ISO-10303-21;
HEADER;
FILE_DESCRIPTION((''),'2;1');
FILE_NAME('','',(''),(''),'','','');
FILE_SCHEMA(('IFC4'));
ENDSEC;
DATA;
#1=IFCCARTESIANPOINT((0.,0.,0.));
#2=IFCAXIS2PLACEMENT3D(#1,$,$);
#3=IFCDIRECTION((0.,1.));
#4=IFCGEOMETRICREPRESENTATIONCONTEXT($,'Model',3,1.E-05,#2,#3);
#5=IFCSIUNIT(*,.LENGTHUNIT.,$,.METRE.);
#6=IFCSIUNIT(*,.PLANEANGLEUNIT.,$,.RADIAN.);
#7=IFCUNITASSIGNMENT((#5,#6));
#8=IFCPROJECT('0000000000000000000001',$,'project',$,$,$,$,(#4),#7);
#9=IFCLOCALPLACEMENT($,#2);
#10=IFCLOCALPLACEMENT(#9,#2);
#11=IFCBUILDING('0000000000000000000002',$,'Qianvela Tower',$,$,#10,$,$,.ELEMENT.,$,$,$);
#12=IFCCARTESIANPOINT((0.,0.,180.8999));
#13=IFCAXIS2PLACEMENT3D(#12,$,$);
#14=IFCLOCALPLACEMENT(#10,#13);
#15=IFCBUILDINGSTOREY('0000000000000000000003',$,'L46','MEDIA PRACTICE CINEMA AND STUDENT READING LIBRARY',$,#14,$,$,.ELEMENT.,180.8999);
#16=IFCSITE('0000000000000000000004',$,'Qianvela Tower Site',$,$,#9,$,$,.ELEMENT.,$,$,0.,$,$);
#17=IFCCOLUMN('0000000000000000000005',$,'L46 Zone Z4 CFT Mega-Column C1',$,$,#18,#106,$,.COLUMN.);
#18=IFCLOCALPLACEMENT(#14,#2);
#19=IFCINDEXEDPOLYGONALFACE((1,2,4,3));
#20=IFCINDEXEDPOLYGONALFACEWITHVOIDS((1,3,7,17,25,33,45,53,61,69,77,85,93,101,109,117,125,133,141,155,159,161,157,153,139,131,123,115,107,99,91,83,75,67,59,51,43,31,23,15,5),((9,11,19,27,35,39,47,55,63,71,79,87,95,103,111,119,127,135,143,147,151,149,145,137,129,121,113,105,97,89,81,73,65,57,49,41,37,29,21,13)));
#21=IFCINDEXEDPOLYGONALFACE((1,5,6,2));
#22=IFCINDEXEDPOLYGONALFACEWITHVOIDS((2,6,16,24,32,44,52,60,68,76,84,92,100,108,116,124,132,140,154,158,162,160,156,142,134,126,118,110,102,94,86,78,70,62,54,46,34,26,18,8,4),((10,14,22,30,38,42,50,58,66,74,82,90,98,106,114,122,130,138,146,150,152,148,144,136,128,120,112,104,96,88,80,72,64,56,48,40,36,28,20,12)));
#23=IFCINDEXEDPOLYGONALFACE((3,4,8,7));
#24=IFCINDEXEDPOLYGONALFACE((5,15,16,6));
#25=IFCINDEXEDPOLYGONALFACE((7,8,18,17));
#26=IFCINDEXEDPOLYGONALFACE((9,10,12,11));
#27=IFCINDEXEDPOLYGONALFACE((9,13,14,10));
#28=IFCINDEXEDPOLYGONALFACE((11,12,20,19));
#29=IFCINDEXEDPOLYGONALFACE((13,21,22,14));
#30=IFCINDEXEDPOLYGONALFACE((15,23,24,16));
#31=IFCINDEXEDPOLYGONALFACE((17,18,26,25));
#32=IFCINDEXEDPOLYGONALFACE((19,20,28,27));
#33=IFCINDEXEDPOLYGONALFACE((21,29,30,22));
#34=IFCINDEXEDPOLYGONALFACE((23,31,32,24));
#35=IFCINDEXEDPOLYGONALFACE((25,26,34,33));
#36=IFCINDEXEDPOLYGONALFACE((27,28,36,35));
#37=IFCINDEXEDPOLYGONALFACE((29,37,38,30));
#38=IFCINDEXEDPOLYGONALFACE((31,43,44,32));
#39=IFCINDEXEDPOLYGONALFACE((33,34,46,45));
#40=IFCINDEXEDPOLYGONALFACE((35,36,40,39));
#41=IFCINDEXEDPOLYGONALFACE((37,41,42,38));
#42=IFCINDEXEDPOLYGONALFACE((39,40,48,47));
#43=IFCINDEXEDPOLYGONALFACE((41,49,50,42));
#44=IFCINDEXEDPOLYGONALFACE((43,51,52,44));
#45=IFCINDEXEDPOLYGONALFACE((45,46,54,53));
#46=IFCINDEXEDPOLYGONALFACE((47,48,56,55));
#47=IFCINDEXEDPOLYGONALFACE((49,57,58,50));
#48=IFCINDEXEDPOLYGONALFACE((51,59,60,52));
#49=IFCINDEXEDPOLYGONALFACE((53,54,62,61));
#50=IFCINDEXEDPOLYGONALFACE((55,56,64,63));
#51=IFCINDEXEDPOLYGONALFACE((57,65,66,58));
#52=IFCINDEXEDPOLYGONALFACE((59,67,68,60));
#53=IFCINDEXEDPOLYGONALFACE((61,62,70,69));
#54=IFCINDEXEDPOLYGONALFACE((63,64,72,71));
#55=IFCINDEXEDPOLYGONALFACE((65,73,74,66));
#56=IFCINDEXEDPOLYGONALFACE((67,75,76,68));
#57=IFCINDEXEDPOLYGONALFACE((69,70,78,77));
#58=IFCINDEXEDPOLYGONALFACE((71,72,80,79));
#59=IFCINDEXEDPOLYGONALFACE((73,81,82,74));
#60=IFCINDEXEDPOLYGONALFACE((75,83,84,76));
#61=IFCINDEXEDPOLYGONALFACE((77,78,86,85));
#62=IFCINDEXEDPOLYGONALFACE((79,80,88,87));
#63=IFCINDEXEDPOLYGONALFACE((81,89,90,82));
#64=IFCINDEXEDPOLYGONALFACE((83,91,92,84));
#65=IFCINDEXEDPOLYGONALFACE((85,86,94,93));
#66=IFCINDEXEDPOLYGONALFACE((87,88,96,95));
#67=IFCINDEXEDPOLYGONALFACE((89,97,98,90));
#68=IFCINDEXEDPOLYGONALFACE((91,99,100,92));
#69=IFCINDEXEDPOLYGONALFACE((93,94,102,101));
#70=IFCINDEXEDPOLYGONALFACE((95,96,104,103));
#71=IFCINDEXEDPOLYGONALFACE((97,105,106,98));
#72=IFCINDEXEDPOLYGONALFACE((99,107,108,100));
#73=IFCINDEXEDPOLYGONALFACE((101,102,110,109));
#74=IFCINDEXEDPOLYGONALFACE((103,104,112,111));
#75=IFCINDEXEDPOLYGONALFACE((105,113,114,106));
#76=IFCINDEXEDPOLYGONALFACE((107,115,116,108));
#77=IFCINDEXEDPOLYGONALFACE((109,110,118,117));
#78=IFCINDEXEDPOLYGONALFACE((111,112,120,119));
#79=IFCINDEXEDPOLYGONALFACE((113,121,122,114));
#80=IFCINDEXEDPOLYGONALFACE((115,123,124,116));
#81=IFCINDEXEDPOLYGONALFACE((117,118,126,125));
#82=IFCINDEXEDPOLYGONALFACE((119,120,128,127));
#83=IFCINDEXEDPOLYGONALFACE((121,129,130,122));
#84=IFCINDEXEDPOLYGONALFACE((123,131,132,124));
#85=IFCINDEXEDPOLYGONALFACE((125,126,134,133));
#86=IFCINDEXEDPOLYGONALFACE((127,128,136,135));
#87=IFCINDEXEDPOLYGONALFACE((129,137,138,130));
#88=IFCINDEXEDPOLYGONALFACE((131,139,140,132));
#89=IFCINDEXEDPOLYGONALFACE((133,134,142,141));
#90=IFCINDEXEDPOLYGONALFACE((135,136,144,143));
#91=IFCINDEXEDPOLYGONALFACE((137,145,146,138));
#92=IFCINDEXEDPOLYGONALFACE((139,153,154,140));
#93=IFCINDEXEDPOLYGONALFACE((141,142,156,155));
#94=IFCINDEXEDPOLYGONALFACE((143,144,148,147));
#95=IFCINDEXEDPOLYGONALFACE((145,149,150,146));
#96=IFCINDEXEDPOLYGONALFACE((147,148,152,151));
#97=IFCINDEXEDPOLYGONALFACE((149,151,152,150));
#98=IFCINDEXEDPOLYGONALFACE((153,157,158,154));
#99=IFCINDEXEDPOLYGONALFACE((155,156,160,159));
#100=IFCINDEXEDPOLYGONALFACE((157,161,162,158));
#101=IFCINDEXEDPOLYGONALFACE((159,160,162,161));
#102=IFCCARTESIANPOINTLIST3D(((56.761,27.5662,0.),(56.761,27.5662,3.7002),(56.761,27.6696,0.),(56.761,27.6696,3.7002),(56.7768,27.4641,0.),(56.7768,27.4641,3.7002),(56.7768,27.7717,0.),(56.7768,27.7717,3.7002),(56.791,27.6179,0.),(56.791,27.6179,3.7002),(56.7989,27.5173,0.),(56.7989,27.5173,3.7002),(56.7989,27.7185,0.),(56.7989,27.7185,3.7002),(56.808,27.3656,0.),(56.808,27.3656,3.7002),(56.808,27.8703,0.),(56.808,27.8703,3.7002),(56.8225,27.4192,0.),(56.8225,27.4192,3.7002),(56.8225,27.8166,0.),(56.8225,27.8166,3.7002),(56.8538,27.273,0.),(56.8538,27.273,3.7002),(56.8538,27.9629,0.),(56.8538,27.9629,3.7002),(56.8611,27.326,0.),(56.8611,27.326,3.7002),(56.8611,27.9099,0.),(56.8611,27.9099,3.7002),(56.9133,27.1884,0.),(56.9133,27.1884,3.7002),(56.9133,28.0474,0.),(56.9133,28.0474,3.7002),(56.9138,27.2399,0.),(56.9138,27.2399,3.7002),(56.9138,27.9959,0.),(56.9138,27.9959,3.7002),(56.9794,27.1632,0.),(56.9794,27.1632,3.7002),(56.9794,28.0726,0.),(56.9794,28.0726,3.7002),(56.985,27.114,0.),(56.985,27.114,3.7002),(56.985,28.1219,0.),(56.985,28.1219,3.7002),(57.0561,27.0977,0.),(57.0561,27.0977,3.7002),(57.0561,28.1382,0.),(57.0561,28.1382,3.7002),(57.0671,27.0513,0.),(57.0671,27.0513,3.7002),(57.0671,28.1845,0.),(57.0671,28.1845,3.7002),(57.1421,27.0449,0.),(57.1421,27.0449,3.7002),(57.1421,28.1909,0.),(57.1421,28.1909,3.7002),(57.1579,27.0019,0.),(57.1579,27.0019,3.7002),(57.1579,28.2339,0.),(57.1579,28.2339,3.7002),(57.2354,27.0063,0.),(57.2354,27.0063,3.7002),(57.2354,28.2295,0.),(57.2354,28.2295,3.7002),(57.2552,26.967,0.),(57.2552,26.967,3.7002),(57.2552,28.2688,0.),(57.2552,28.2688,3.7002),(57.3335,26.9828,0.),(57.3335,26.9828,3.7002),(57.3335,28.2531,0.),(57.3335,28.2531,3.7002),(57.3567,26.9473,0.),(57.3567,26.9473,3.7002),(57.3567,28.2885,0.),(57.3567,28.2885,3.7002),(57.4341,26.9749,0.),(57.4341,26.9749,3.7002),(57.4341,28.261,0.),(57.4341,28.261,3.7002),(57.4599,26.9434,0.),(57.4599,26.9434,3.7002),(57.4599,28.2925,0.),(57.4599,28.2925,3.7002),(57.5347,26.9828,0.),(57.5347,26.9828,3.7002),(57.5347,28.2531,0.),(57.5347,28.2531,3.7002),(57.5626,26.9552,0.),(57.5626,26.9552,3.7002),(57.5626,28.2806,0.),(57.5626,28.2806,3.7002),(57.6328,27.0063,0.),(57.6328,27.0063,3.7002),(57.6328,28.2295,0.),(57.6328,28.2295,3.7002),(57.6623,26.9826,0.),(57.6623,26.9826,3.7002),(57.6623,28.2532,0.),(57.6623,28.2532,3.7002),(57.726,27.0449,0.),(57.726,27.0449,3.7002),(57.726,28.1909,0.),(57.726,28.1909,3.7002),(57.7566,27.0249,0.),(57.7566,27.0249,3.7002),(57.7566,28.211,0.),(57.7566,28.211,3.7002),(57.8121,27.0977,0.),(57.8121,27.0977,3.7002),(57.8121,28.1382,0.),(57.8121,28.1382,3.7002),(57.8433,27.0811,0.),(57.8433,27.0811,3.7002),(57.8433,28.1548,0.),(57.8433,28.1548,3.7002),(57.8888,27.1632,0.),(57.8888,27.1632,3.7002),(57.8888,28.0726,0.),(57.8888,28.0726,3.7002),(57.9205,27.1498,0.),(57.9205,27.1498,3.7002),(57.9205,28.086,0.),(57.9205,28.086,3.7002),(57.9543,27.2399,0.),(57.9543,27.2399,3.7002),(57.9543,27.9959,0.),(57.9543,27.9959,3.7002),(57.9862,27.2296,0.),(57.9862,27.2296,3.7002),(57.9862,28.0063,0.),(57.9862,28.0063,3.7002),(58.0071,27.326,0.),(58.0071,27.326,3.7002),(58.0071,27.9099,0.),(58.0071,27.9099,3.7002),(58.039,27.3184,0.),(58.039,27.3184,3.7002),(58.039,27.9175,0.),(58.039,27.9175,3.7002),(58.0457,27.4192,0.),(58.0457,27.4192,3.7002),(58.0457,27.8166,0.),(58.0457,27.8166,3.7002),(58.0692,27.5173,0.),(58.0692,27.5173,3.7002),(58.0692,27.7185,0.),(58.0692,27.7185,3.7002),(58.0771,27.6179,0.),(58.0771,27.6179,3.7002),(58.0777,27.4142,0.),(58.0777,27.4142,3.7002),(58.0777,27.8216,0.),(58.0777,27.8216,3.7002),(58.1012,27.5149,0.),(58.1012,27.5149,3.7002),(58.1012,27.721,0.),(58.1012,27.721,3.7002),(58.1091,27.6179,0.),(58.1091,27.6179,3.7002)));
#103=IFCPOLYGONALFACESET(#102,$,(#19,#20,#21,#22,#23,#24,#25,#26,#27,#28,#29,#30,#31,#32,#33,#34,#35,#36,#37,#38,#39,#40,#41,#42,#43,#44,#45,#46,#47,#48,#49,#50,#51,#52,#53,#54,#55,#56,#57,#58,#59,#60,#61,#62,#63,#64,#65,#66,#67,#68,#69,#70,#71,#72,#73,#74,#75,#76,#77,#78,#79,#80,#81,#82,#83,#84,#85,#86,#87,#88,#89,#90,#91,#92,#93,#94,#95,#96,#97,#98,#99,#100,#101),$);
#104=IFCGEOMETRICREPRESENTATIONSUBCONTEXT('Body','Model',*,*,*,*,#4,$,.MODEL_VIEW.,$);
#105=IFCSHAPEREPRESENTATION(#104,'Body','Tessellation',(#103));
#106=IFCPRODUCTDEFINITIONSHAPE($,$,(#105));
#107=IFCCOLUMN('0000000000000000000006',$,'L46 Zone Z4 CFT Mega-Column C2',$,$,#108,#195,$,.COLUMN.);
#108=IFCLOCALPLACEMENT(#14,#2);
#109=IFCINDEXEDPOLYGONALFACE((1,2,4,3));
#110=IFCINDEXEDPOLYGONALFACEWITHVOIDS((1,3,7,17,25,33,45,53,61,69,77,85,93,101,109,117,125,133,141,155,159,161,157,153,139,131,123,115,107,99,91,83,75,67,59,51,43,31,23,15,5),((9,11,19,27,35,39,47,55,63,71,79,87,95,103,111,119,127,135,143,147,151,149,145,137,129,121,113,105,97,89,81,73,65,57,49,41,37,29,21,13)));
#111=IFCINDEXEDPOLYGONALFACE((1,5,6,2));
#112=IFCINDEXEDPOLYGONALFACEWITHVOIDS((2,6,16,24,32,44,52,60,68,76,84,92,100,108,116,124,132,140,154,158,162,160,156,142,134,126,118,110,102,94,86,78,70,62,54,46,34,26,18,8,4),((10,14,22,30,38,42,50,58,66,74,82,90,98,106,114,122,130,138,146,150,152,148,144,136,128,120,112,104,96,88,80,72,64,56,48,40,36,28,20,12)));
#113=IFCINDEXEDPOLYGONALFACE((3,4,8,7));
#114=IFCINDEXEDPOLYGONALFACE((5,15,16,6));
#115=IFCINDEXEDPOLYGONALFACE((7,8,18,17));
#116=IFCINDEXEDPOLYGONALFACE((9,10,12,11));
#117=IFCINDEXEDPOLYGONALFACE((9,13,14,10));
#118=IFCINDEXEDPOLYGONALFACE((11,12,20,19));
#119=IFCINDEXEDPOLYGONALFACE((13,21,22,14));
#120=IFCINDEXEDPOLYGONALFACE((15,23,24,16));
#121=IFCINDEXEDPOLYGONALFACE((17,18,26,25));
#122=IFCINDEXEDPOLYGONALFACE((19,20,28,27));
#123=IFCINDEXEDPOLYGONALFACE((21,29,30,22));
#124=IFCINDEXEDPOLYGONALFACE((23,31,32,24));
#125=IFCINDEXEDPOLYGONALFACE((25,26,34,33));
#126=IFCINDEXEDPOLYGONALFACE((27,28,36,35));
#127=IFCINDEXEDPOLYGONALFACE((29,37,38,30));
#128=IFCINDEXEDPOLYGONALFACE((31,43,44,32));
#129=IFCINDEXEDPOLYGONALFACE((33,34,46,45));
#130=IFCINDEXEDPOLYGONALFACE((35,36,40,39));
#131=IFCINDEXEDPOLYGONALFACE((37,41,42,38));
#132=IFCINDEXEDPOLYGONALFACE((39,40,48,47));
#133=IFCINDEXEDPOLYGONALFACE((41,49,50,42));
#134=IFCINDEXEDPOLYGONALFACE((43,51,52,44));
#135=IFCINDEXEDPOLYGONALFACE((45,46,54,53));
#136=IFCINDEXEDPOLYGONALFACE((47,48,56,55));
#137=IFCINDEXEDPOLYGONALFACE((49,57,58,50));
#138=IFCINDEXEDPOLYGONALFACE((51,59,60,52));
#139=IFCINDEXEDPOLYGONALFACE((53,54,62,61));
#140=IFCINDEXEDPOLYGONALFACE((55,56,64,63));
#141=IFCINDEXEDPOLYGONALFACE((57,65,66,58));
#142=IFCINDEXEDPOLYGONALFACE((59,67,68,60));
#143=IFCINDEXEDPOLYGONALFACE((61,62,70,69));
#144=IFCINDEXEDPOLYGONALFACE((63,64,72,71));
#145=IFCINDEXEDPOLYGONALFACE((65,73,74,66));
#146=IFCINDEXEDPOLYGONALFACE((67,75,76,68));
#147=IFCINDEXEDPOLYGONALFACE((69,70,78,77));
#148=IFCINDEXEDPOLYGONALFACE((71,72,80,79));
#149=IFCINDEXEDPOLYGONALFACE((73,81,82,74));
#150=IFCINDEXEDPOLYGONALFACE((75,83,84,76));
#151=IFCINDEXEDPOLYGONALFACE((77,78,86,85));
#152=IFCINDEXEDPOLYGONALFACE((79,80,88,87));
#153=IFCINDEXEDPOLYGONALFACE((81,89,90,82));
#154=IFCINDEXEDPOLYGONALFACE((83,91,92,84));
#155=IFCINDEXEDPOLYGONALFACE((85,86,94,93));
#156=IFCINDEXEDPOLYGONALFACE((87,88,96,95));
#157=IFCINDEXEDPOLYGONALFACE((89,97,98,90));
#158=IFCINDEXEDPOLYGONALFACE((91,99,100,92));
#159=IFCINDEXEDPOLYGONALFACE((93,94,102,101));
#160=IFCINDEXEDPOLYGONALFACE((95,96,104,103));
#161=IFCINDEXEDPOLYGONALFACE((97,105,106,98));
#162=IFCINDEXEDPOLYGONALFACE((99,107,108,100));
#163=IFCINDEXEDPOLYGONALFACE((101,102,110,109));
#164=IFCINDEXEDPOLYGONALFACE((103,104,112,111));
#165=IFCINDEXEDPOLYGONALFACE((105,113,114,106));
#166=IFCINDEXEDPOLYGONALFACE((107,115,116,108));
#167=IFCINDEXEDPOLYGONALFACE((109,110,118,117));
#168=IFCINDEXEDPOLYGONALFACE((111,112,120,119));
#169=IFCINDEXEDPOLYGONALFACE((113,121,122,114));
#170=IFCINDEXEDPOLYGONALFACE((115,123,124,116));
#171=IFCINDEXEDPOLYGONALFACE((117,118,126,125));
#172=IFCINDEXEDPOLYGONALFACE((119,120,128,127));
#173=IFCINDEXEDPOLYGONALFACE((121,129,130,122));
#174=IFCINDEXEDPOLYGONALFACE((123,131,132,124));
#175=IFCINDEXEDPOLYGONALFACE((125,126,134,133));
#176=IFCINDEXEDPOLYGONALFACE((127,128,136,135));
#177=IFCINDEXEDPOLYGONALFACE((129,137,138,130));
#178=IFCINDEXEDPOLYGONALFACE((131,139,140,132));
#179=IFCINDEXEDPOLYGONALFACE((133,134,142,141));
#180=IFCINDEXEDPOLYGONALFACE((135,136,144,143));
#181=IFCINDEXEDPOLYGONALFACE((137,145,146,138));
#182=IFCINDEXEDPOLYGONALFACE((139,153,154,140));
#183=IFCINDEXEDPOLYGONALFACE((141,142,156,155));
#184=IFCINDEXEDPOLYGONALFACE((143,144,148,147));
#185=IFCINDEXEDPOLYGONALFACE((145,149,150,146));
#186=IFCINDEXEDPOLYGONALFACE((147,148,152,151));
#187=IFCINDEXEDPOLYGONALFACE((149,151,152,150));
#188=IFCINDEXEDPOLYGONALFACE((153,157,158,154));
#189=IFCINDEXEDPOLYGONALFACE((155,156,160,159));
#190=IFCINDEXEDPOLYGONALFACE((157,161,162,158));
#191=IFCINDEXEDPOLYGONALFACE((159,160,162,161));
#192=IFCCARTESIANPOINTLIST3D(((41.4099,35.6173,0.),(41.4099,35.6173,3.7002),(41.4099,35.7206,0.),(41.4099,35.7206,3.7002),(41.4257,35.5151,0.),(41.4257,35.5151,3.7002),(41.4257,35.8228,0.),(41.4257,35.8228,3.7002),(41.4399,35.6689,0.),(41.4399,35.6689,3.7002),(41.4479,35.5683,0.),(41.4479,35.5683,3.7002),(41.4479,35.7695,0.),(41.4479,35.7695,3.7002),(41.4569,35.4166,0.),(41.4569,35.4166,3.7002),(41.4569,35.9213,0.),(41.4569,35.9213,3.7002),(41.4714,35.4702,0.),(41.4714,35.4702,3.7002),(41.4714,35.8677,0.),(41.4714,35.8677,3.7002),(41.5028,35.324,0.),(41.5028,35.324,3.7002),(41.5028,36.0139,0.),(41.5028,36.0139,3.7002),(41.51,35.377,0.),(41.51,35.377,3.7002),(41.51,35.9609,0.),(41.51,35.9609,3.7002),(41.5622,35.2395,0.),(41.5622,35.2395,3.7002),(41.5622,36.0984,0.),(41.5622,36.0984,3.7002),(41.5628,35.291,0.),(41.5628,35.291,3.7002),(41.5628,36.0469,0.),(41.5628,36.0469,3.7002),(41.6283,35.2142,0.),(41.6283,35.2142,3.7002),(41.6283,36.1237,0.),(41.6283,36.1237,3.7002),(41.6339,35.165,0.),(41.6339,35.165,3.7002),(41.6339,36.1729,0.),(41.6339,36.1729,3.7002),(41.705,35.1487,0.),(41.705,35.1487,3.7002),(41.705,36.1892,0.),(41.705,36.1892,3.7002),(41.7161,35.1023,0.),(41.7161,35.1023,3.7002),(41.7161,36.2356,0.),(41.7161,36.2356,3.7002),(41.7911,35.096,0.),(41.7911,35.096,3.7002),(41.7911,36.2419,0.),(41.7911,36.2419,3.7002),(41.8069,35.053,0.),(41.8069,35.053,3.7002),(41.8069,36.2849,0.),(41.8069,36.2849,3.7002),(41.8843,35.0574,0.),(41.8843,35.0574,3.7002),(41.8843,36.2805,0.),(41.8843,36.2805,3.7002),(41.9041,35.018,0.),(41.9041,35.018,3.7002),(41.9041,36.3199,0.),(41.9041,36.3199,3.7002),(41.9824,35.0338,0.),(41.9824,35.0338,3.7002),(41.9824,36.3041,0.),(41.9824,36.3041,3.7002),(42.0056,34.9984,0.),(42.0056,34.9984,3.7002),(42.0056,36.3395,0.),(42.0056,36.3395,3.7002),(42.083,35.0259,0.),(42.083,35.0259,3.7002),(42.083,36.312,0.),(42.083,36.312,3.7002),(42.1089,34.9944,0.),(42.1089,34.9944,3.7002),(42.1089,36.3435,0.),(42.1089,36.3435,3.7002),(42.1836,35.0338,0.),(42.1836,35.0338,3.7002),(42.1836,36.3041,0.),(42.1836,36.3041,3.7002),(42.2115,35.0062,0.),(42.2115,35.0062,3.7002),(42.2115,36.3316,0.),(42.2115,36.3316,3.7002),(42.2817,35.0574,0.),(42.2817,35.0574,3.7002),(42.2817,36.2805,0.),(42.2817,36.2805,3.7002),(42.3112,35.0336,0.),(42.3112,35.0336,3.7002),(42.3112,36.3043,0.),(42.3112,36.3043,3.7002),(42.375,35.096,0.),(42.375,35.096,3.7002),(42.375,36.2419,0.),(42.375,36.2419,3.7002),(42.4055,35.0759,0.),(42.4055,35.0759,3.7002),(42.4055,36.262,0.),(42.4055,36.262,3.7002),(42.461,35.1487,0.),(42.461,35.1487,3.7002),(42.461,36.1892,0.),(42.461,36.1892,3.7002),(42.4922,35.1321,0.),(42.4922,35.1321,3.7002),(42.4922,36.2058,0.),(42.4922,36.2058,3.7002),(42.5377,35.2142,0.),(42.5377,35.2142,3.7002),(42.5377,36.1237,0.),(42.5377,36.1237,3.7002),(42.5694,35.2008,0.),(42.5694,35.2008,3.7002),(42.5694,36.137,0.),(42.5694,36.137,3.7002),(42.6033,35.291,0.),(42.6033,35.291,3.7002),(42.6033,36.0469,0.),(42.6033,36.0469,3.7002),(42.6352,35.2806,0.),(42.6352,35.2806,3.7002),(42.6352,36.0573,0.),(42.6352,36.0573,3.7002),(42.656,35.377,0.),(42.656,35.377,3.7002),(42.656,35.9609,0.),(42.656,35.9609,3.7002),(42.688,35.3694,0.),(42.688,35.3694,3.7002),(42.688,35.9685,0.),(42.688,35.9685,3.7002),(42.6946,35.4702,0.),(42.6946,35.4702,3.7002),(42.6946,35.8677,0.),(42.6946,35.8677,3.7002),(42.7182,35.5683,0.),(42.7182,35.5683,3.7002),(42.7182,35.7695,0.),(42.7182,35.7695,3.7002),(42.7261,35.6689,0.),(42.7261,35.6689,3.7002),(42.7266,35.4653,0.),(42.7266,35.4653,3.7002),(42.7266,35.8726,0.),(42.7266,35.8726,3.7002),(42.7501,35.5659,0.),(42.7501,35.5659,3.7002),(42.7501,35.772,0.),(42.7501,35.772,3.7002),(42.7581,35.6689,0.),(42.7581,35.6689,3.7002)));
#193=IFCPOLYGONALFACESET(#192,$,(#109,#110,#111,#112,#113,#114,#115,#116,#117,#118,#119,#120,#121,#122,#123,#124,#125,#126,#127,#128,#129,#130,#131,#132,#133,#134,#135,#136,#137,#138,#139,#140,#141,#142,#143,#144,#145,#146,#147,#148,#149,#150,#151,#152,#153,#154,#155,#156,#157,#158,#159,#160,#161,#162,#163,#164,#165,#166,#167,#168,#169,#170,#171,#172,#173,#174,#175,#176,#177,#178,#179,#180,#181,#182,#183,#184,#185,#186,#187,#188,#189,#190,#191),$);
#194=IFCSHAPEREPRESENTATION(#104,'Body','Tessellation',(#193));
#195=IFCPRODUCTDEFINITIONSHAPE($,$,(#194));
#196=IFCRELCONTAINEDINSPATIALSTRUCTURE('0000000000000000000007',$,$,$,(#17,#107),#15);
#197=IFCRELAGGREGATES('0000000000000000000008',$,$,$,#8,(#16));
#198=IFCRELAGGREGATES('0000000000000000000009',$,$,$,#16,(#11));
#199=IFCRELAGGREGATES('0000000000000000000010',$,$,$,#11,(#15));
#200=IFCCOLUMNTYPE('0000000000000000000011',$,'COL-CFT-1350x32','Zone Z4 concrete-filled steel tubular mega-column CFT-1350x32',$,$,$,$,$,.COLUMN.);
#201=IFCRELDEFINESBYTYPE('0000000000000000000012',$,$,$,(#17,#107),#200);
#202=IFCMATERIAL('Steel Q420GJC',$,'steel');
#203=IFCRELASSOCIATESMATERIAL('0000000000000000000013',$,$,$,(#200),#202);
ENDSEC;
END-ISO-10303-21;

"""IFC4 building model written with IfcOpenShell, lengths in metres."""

from ifc_helpers import new_model, si_unit, direction, frame, origin, origin_2d, place, context, subcontext, project, spatial, hollow_circle, extrude, material, material_profile, profile_set, type_object, element, save


model = new_model("IFC4")

# Units and contexts
model_context = context("Model", 3, precision=1e-05, world=origin(), true_north=direction((0.0, 1.0)))
body_context = subcontext(model_context, "Body", "Model", "MODEL_VIEW")
ifc_project = project(units=[si_unit("LENGTHUNIT", "METRE"), si_unit("PLANEANGLEUNIT", "RADIAN")], contexts=[model_context])

# Site, building, storey
site_placement = place(None, origin())
site = spatial("IfcSite", under=ifc_project, at=site_placement, Name="Qianvela Tower Site", CompositionType="ELEMENT", RefElevation=0.0)
building_placement = place(site_placement, origin())
building = spatial("IfcBuilding", under=site, at=building_placement, Name="Qianvela Tower", CompositionType="ELEMENT")
storey_placement = place(building_placement, frame((0.0, 0.0, 180.8999)))
storey = spatial("IfcBuildingStorey", under=building, at=storey_placement, Name="L46", Description="MEDIA PRACTICE CINEMA AND STUDENT READING LIBRARY", CompositionType="ELEMENT", Elevation=180.8999)

# Columns
ifc_material_1 = material(Name="Steel Q420GJC", Category="steel")
ifc_material_profile_1 = material_profile(ifc_material_1, hollow_circle(Radius=0.675, WallThickness=0.032, at=origin_2d()), Name="CFT-1350x32")
ifc_profile_set_1 = profile_set([ifc_material_profile_1], Name="Steel Q420GJC")
column_type = type_object("IfcColumnType", Name="COL-CFT-1350x32", Description="Zone Z4 concrete-filled steel tubular mega-column CFT-1350x32", PredefinedType="COLUMN", material=ifc_profile_set_1)
for number, where, z_axis, x_axis, name in (
    (1, (57.4341, 27.6179, 0.0), (0.0, 0.0, 1.0), (1.0, 0.0, 0.0), "L46 Zone Z4 CFT Mega-Column C1"),
    (2, (42.083, 35.6689, 0.0), (0.0, 0.0, 1.0), (1.0, 0.0, 0.0), "L46 Zone Z4 CFT Mega-Column C2"),
):
    element("IfcColumn", number, at=place(storey_placement, frame(where, z_axis=z_axis, x_axis=x_axis)), inside=storey, type_object=column_type, Name=name, PredefinedType="COLUMN", context=body_context, shape_type="SweptSolid", body=[
        extrude(hollow_circle(Radius=0.675, WallThickness=0.032, at=origin_2d()), origin(), (0.0, 0.0, 1.0), 3.7002),
    ])

save(model, "model.ifc")
